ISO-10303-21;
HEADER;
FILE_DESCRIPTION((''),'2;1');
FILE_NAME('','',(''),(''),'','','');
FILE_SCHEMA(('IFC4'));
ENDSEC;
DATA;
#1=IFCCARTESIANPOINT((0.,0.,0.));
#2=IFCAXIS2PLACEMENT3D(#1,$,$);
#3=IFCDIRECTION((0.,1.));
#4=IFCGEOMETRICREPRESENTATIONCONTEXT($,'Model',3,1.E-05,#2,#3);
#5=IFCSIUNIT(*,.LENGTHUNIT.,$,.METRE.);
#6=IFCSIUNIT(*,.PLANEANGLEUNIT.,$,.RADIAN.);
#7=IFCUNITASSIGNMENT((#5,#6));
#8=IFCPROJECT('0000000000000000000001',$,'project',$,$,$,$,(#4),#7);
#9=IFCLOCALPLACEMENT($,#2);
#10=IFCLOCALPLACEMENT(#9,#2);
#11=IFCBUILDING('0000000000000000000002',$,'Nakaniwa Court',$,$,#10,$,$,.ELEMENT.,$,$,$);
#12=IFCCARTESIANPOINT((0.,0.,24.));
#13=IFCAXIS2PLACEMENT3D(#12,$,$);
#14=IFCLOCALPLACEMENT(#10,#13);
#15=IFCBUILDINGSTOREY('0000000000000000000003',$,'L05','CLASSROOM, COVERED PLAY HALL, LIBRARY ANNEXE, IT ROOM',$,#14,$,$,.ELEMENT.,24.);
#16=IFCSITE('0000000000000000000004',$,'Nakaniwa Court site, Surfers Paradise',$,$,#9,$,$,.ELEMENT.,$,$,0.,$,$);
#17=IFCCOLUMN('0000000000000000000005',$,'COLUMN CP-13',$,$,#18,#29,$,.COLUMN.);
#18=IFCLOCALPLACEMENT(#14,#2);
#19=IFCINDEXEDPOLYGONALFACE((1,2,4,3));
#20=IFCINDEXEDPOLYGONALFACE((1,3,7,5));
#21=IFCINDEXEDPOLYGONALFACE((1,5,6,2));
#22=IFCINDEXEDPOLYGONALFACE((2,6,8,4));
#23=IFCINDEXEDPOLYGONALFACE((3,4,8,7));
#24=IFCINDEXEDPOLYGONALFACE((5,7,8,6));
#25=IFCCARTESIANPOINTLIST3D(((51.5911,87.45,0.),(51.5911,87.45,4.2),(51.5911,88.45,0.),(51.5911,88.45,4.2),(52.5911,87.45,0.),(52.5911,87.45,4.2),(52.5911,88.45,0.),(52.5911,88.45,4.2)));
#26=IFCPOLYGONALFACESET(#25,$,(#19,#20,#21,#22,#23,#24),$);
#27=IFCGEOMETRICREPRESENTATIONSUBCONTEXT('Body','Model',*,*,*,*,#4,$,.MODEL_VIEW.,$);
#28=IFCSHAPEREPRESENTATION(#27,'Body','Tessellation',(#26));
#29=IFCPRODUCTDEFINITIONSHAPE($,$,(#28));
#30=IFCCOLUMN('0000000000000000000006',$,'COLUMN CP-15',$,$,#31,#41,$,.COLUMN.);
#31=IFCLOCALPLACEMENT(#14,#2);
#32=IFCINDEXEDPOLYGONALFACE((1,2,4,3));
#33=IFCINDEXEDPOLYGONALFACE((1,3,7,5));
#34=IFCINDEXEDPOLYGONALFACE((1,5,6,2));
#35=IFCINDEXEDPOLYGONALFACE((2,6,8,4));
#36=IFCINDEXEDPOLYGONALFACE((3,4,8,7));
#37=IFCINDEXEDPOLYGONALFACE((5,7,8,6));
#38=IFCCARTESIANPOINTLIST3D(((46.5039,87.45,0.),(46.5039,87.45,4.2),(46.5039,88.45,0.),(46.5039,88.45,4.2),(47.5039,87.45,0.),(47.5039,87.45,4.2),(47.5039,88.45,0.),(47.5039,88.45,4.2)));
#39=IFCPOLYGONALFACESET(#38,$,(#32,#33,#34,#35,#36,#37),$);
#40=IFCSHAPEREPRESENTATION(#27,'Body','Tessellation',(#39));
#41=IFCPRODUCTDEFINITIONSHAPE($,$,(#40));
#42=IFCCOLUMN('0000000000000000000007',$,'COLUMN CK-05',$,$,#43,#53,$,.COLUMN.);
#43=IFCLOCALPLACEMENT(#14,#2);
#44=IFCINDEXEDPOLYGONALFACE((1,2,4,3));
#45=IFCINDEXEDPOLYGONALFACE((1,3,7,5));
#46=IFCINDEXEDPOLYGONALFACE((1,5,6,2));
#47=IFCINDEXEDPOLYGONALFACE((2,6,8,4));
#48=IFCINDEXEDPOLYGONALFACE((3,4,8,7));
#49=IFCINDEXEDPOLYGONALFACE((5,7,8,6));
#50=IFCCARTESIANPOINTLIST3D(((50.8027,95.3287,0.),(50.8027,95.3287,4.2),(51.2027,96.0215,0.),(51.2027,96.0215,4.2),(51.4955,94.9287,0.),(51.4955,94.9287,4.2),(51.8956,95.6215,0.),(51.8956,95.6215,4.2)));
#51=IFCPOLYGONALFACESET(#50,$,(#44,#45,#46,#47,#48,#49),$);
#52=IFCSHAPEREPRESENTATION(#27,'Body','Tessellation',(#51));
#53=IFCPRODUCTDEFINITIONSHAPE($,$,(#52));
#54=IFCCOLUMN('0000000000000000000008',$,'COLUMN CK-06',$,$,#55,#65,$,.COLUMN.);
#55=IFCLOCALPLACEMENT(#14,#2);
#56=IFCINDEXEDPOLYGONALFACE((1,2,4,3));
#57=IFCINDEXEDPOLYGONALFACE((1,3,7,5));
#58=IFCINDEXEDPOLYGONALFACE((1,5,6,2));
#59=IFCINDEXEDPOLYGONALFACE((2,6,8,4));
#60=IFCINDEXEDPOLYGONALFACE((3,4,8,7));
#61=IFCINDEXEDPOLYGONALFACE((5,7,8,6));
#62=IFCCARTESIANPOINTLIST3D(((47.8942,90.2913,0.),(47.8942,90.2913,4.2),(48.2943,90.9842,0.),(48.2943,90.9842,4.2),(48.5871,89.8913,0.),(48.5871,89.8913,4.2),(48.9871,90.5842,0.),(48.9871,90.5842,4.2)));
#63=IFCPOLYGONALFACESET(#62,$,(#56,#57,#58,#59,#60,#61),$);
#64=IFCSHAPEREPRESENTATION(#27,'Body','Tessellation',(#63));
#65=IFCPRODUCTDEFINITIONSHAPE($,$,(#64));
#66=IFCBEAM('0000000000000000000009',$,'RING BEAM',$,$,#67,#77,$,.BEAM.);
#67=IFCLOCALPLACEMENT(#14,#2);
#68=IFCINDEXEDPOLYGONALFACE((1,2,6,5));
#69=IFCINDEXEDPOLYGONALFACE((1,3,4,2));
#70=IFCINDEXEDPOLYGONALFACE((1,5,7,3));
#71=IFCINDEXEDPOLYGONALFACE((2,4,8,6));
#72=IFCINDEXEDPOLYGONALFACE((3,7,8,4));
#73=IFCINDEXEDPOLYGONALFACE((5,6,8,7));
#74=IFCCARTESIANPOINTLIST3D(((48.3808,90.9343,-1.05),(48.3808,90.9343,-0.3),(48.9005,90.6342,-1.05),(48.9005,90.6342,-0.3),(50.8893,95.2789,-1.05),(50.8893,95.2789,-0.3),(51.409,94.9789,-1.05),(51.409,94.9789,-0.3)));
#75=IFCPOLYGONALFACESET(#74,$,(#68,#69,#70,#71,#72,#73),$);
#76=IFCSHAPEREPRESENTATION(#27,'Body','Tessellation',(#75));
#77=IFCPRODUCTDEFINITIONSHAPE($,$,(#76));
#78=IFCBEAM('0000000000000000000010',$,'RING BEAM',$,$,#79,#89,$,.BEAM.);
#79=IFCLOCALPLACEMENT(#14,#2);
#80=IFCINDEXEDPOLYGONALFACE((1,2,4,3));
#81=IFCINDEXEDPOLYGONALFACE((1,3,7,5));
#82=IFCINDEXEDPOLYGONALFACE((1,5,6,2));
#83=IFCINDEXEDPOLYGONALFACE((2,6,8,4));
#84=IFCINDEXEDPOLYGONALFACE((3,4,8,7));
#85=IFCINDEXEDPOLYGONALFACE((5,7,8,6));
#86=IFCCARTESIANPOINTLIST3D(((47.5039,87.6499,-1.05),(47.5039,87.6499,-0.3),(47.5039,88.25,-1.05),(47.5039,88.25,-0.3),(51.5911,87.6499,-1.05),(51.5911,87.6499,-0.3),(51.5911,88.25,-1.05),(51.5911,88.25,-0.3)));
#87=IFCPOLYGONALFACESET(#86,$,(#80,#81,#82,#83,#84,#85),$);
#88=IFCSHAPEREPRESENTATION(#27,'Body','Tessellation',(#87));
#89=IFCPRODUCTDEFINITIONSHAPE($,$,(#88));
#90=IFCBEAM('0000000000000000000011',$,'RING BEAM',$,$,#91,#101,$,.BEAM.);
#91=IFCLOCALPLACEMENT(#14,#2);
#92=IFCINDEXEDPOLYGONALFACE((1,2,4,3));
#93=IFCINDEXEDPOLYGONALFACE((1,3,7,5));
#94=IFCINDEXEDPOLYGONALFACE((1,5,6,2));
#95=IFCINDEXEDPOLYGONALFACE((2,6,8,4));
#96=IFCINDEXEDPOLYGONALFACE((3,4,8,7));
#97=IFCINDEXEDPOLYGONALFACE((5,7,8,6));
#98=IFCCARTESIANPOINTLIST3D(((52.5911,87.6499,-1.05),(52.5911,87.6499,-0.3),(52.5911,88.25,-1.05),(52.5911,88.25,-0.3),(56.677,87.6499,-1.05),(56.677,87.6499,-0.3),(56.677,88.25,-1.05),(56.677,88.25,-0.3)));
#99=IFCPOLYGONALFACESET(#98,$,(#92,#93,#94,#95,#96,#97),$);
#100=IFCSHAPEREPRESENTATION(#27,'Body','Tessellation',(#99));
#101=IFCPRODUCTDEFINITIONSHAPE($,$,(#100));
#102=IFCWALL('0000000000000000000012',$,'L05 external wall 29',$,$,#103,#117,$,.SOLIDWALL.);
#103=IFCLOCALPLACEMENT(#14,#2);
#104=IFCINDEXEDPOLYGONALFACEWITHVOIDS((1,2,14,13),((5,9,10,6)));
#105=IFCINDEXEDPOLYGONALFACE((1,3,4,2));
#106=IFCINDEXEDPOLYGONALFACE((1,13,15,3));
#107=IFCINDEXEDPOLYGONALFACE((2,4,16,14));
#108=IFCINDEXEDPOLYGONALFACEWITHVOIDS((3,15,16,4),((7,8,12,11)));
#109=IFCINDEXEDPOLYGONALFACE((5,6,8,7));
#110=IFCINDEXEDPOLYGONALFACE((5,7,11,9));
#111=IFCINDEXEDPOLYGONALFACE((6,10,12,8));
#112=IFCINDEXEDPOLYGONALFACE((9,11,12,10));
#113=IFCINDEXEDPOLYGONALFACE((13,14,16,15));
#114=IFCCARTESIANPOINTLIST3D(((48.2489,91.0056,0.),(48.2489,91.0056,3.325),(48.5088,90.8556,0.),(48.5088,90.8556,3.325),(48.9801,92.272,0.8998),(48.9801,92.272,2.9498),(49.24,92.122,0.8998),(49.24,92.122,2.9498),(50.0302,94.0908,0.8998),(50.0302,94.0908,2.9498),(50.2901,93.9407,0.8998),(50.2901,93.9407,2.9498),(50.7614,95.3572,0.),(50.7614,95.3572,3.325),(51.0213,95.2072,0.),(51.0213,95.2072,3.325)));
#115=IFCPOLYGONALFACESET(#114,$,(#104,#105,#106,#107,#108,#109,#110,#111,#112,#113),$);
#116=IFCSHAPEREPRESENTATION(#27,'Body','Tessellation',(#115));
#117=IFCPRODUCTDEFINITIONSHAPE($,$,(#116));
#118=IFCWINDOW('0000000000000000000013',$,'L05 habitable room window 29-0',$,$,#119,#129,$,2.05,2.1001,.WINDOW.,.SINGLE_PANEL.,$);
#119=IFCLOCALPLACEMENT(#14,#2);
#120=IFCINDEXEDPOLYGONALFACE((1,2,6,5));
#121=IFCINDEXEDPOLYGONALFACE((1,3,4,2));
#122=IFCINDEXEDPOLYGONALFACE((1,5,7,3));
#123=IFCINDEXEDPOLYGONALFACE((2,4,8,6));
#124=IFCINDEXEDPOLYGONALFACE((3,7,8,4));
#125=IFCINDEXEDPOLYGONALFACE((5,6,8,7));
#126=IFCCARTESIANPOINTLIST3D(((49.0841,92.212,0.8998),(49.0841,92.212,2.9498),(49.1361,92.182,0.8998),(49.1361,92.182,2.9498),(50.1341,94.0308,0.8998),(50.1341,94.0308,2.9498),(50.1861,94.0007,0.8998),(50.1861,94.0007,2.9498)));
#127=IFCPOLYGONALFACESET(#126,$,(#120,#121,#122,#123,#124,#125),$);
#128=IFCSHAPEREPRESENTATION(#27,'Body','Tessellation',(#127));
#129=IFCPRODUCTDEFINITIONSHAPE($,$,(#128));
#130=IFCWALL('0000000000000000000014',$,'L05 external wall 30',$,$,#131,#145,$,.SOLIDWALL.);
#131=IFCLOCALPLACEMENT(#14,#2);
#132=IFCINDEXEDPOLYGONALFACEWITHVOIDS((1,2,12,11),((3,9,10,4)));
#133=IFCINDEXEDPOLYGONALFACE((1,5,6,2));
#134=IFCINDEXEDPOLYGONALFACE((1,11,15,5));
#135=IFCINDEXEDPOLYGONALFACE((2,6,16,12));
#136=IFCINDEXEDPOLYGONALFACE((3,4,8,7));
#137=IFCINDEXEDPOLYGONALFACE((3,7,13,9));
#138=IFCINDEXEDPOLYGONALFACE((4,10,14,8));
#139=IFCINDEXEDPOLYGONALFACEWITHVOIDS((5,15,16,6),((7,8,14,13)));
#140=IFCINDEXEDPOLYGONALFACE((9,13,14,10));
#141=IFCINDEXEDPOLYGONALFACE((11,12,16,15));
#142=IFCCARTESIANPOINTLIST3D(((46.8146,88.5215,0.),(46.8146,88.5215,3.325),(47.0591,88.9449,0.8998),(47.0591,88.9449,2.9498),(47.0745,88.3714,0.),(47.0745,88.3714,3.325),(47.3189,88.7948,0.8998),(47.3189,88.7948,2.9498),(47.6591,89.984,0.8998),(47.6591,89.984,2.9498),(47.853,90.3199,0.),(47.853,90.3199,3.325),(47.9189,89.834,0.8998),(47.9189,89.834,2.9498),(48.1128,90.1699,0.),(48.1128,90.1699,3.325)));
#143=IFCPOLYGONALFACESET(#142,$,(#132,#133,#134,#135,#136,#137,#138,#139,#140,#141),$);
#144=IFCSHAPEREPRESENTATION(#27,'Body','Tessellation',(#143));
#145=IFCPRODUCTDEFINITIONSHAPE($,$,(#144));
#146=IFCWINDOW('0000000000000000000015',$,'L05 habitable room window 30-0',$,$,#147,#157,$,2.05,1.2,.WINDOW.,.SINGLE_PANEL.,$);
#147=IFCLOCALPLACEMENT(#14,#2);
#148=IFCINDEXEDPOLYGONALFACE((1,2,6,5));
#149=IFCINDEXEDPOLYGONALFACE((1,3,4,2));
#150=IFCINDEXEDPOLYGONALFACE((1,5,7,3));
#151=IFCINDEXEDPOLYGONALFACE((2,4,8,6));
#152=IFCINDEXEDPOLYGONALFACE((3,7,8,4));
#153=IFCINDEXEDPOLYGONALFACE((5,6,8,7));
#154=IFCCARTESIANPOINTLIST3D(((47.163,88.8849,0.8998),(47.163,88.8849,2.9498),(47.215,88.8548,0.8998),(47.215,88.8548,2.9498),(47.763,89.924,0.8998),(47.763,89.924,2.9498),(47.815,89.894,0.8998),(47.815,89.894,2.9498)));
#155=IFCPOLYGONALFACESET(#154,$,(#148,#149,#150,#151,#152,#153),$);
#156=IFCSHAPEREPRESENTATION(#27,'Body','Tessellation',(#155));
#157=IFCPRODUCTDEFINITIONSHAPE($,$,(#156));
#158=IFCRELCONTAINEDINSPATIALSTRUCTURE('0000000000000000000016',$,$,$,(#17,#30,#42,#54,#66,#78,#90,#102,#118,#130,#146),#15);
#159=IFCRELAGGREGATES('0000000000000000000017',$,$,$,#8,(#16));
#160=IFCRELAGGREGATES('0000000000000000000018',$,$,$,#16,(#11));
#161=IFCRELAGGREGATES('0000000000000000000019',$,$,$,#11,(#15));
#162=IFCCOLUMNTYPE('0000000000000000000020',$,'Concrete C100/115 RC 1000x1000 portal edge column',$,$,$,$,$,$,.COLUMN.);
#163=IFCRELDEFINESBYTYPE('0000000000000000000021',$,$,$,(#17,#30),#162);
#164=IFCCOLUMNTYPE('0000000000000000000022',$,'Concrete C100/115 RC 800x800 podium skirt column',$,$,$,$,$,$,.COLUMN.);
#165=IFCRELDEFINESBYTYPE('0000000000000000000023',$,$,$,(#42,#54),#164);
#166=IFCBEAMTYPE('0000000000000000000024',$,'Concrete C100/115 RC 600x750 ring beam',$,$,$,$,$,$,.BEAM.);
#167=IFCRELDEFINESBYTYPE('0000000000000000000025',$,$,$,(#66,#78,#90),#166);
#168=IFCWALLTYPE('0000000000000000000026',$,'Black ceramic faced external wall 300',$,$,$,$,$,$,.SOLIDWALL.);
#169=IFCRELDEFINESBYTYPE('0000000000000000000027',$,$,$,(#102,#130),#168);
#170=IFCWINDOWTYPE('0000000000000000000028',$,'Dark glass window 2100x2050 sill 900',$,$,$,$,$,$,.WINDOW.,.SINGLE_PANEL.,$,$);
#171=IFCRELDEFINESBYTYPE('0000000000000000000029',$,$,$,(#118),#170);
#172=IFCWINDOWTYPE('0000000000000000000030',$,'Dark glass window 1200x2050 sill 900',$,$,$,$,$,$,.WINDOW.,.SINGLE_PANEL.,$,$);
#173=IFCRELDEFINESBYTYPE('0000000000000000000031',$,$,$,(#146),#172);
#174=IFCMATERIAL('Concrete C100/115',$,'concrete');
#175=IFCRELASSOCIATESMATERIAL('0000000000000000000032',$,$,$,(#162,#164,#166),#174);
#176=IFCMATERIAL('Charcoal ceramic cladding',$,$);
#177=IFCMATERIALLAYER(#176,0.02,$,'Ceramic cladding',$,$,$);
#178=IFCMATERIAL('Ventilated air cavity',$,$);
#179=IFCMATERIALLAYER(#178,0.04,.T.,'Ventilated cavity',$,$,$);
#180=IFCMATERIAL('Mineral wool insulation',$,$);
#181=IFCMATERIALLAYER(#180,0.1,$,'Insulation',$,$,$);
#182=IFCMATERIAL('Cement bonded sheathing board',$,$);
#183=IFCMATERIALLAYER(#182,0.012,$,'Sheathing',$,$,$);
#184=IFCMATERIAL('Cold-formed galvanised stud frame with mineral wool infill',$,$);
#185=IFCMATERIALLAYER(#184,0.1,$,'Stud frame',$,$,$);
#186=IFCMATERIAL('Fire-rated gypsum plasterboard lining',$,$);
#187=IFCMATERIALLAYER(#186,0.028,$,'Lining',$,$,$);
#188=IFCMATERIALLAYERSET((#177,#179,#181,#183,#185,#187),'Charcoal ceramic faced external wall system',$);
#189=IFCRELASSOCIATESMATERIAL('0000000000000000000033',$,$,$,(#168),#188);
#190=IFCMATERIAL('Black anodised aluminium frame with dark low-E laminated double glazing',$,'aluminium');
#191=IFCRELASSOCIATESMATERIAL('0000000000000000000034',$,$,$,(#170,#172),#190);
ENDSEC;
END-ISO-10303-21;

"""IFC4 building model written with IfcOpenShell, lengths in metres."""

from ifc_helpers import new_model, si_unit, direction, frame, frame_2d, origin, origin_2d, place, context, subcontext, project, spatial, rectangle, extrude, material, layer, layer_set, material_profile, profile_set, type_object, element, fill, save


model = new_model("IFC4")

# Units and contexts
model_context = context("Model", 3, precision=1e-05, world=origin(), true_north=direction((0.0, 1.0)))
body_context = subcontext(model_context, "Body", "Model", "MODEL_VIEW")
ifc_project = project(units=[si_unit("LENGTHUNIT", "METRE"), si_unit("PLANEANGLEUNIT", "RADIAN")], contexts=[model_context])

# Site, building, storey
site_placement = place(None, origin())
site = spatial("IfcSite", under=ifc_project, at=site_placement, Name="Nakaniwa Court site, Surfers Paradise", CompositionType="ELEMENT", RefElevation=0.0)
building_placement = place(site_placement, origin())
building = spatial("IfcBuilding", under=site, at=building_placement, Name="Nakaniwa Court", CompositionType="ELEMENT")
storey_placement = place(building_placement, frame((0.0, 0.0, 24.0)))
storey = spatial("IfcBuildingStorey", under=building, at=storey_placement, Name="L05", Description="CLASSROOM, COVERED PLAY HALL, LIBRARY ANNEXE, IT ROOM", CompositionType="ELEMENT", Elevation=24.0)

# Columns
ifc_material_1 = material(Name="Concrete C100/115", Category="concrete")
ifc_material_profile_1 = material_profile(ifc_material_1, rectangle(XDim=1.0, YDim=1.0, at=origin_2d()), Name="Concrete C100/115 RC 1000x1000 portal edge column")
ifc_profile_set_1 = profile_set([ifc_material_profile_1], Name="Concrete C100/115")
column_type_1 = type_object("IfcColumnType", Name="Concrete C100/115 RC 1000x1000 portal edge column", PredefinedType="COLUMN", material=ifc_profile_set_1)
for number, where, z_axis, x_axis, name in (
    (1, (52.0911, 87.95, 0.0), (0.0, 0.0, 1.0), (1.0, 0.0, 0.0), "COLUMN CP-13"),
    (2, (47.0039, 87.95, 0.0), (0.0, 0.0, 1.0), (1.0, 0.0, 0.0), "COLUMN CP-15"),
):
    element("IfcColumn", number, at=place(storey_placement, frame(where, z_axis=z_axis, x_axis=x_axis)), inside=storey, type_object=column_type_1, Name=name, PredefinedType="COLUMN", context=body_context, shape_type="SweptSolid", body=[
        extrude(rectangle(XDim=1.0, YDim=1.0, at=origin_2d()), origin(), (0.0, 0.0, 1.0), 4.2),
    ])
ifc_material_profile_2 = material_profile(ifc_material_1, rectangle(XDim=0.8, YDim=0.8, at=origin_2d()), Name="Concrete C100/115 RC 800x800 podium skirt column")
ifc_profile_set_2 = profile_set([ifc_material_profile_2], Name="Concrete C100/115")
column_type_2 = type_object("IfcColumnType", Name="Concrete C100/115 RC 800x800 podium skirt column", PredefinedType="COLUMN", material=ifc_profile_set_2)
for number, where, z_axis, x_axis, name in (
    (3, (51.3491, 95.4751, 0.0), (0.0, 0.0, 1.0), (-0.5, -0.866025, 0.0), "COLUMN CK-05"),
    (4, (48.4407, 90.4377, 0.0), (0.0, 0.0, 1.0), (-0.5, -0.866025, 0.0), "COLUMN CK-06"),
):
    element("IfcColumn", number, at=place(storey_placement, frame(where, z_axis=z_axis, x_axis=x_axis)), inside=storey, type_object=column_type_2, Name=name, PredefinedType="COLUMN", context=body_context, shape_type="SweptSolid", body=[
        extrude(rectangle(XDim=0.8, YDim=0.8, at=origin_2d()), origin(), (0.0, 0.0, 1.0), 4.2),
    ])

# Beams
ifc_material_profile_3 = material_profile(ifc_material_1, rectangle(XDim=0.6001, YDim=0.75, at=origin_2d()), Name="Concrete C100/115 RC 600x750 ring beam")
ifc_profile_set_3 = profile_set([ifc_material_profile_3], Name="Concrete C100/115")
beam_type = type_object("IfcBeamType", Name="Concrete C100/115 RC 600x750 ring beam", PredefinedType="BEAM", material=ifc_profile_set_3)
beam_1_placement = place(storey_placement, frame((51.1492, 95.1289, -0.675), z_axis=(-0.500017, -0.866015, 0.0), x_axis=(0.866015, -0.500017, 0.0)))
element("IfcBeam", 5, at=beam_1_placement, inside=storey, type_object=beam_type, Name="RING BEAM", PredefinedType="BEAM", context=body_context, shape_type="SweptSolid", body=[
    extrude(rectangle(XDim=0.6001, YDim=0.75, at=origin_2d()), origin(), (0.0, 0.0, 1.0), 5.0168),
])
beam_2_placement = place(storey_placement, frame((47.5039, 87.95, -0.675), z_axis=(1.0, 0.0, 0.0), x_axis=(0.0, 1.0, 0.0)))
element("IfcBeam", 6, at=beam_2_placement, inside=storey, type_object=beam_type, Name="RING BEAM", PredefinedType="BEAM", context=body_context, shape_type="SweptSolid", body=[
    extrude(rectangle(XDim=0.6001, YDim=0.75, at=origin_2d()), origin(), (0.0, 0.0, 1.0), 4.0872),
])
beam_3_placement = place(storey_placement, frame((52.5911, 87.95, -0.675), z_axis=(1.0, 0.0, 0.0), x_axis=(0.0, 1.0, 0.0)))
element("IfcBeam", 7, at=beam_3_placement, inside=storey, type_object=beam_type, Name="RING BEAM", PredefinedType="BEAM", context=body_context, shape_type="SweptSolid", body=[
    extrude(rectangle(XDim=0.6001, YDim=0.75, at=origin_2d()), origin(), (0.0, 0.0, 1.0), 4.0859),
])

# Walls, openings, windows
ifc_material_2 = material(Name="Charcoal ceramic cladding")
ifc_layer_1 = layer(ifc_material_2, 0.02, Name="Ceramic cladding")
ifc_material_3 = material(Name="Ventilated air cavity")
ifc_layer_2 = layer(ifc_material_3, 0.04, ventilated=True, Name="Ventilated cavity")
ifc_material_4 = material(Name="Mineral wool insulation")
ifc_layer_3 = layer(ifc_material_4, 0.1, Name="Insulation")
ifc_material_5 = material(Name="Cement bonded sheathing board")
ifc_layer_4 = layer(ifc_material_5, 0.012, Name="Sheathing")
ifc_material_6 = material(Name="Cold-formed galvanised stud frame with mineral wool infill")
ifc_layer_5 = layer(ifc_material_6, 0.1, Name="Stud frame")
ifc_material_7 = material(Name="Fire-rated gypsum plasterboard lining")
ifc_layer_6 = layer(ifc_material_7, 0.028, Name="Lining")
ifc_layer_set_1 = layer_set([ifc_layer_1, ifc_layer_2, ifc_layer_3, ifc_layer_4, ifc_layer_5, ifc_layer_6], Name="Charcoal ceramic faced external wall system")
wall_type_1 = type_object("IfcWallType", Name="Black ceramic faced external wall 300", PredefinedType="SOLIDWALL", material=ifc_layer_set_1)
wall_1_placement = place(storey_placement, frame((50.8914, 95.2822, 0.0), z_axis=(0.0, 0.0, 1.0), x_axis=(-0.500011, -0.866019, 0.0)))
wall_1 = element("IfcWall", 8, at=wall_1_placement, inside=storey, type_object=wall_type_1, Name="L05 external wall 29", PredefinedType="SOLIDWALL", context=body_context, shape_type="SweptSolid", body=[
    extrude(rectangle(XDim=5.0249, YDim=0.3, at=frame_2d((2.5125, 0.0))), origin(), (0.0, 0.0, 1.0), 3.325),
])
opening_1_placement = place(wall_1_placement, frame((1.4624, 0.0, 0.8999)))
opening_1 = element("IfcOpeningElement", 9, at=opening_1_placement, cuts=wall_1, PredefinedType="OPENING", context=body_context, shape_type="SweptSolid", body=[
    extrude(rectangle(XDim=2.1001, YDim=2.05, at=frame_2d((1.05, 1.0249))), frame((0.0, 0.1599, 0.0), z_axis=(0.0, -1.0, 0.0), x_axis=(1.0, 0.0, 0.0)), (0.0, 0.0, 1.0), 0.3201),
])
ifc_material_8 = material(Name="Black anodised aluminium frame with dark low-E laminated double glazing", Category="aluminium")
window_type_1 = type_object("IfcWindowType", Name="Dark glass window 2100x2050 sill 900", PartitioningType="SINGLE_PANEL", PredefinedType="WINDOW", material=ifc_material_8)
window_1_placement = place(opening_1_placement, origin())
window_1 = element("IfcWindow", 10, at=window_1_placement, inside=storey, type_object=window_type_1, Name="L05 habitable room window 29-0", OverallHeight=2.05, OverallWidth=2.1001, PartitioningType="SINGLE_PANEL", PredefinedType="WINDOW", context=body_context, shape_type="SweptSolid", body=[
    extrude(rectangle(XDim=2.1001, YDim=2.05, at=frame_2d((1.05, 1.0249))), frame((0.0, 0.03, 0.0), z_axis=(0.0, -1.0, 0.0), x_axis=(1.0, 0.0, 0.0)), (0.0, 0.0, 1.0), 0.0601),
])
fill(opening_1, window_1)
wall_2_placement = place(storey_placement, frame((47.9829, 90.2449, 0.0), z_axis=(0.0, 0.0, 1.0), x_axis=(-0.500021, -0.866013, 0.0)))
wall_2 = element("IfcWall", 11, at=wall_2_placement, inside=storey, type_object=wall_type_1, Name="L05 external wall 30", PredefinedType="SOLIDWALL", context=body_context, shape_type="SweptSolid", body=[
    extrude(rectangle(XDim=2.0767, YDim=0.3, at=frame_2d((1.0383, 0.0))), origin(), (0.0, 0.0, 1.0), 3.325),
])
opening_2_placement = place(wall_2_placement, frame((0.3877, 0.0, 0.8999)))
opening_2 = element("IfcOpeningElement", 12, at=opening_2_placement, cuts=wall_2, PredefinedType="OPENING", context=body_context, shape_type="SweptSolid", body=[
    extrude(rectangle(XDim=1.2, YDim=2.05, at=frame_2d((0.6001, 1.0249))), frame((0.0, 0.1599, 0.0), z_axis=(0.0, -1.0, 0.0), x_axis=(1.0, 0.0, 0.0)), (0.0, 0.0, 1.0), 0.3201),
])
window_type_2 = type_object("IfcWindowType", Name="Dark glass window 1200x2050 sill 900", PartitioningType="SINGLE_PANEL", PredefinedType="WINDOW", material=ifc_material_8)
window_2_placement = place(opening_2_placement, origin())
window_2 = element("IfcWindow", 13, at=window_2_placement, inside=storey, type_object=window_type_2, Name="L05 habitable room window 30-0", OverallHeight=2.05, OverallWidth=1.2, PartitioningType="SINGLE_PANEL", PredefinedType="WINDOW", context=body_context, shape_type="SweptSolid", body=[
    extrude(rectangle(XDim=1.2, YDim=2.05, at=frame_2d((0.6001, 1.0249))), frame((0.0, 0.03, 0.0), z_axis=(0.0, -1.0, 0.0), x_axis=(1.0, 0.0, 0.0)), (0.0, 0.0, 1.0), 0.0601),
])
fill(opening_2, window_2)

save(model, "model.ifc")
